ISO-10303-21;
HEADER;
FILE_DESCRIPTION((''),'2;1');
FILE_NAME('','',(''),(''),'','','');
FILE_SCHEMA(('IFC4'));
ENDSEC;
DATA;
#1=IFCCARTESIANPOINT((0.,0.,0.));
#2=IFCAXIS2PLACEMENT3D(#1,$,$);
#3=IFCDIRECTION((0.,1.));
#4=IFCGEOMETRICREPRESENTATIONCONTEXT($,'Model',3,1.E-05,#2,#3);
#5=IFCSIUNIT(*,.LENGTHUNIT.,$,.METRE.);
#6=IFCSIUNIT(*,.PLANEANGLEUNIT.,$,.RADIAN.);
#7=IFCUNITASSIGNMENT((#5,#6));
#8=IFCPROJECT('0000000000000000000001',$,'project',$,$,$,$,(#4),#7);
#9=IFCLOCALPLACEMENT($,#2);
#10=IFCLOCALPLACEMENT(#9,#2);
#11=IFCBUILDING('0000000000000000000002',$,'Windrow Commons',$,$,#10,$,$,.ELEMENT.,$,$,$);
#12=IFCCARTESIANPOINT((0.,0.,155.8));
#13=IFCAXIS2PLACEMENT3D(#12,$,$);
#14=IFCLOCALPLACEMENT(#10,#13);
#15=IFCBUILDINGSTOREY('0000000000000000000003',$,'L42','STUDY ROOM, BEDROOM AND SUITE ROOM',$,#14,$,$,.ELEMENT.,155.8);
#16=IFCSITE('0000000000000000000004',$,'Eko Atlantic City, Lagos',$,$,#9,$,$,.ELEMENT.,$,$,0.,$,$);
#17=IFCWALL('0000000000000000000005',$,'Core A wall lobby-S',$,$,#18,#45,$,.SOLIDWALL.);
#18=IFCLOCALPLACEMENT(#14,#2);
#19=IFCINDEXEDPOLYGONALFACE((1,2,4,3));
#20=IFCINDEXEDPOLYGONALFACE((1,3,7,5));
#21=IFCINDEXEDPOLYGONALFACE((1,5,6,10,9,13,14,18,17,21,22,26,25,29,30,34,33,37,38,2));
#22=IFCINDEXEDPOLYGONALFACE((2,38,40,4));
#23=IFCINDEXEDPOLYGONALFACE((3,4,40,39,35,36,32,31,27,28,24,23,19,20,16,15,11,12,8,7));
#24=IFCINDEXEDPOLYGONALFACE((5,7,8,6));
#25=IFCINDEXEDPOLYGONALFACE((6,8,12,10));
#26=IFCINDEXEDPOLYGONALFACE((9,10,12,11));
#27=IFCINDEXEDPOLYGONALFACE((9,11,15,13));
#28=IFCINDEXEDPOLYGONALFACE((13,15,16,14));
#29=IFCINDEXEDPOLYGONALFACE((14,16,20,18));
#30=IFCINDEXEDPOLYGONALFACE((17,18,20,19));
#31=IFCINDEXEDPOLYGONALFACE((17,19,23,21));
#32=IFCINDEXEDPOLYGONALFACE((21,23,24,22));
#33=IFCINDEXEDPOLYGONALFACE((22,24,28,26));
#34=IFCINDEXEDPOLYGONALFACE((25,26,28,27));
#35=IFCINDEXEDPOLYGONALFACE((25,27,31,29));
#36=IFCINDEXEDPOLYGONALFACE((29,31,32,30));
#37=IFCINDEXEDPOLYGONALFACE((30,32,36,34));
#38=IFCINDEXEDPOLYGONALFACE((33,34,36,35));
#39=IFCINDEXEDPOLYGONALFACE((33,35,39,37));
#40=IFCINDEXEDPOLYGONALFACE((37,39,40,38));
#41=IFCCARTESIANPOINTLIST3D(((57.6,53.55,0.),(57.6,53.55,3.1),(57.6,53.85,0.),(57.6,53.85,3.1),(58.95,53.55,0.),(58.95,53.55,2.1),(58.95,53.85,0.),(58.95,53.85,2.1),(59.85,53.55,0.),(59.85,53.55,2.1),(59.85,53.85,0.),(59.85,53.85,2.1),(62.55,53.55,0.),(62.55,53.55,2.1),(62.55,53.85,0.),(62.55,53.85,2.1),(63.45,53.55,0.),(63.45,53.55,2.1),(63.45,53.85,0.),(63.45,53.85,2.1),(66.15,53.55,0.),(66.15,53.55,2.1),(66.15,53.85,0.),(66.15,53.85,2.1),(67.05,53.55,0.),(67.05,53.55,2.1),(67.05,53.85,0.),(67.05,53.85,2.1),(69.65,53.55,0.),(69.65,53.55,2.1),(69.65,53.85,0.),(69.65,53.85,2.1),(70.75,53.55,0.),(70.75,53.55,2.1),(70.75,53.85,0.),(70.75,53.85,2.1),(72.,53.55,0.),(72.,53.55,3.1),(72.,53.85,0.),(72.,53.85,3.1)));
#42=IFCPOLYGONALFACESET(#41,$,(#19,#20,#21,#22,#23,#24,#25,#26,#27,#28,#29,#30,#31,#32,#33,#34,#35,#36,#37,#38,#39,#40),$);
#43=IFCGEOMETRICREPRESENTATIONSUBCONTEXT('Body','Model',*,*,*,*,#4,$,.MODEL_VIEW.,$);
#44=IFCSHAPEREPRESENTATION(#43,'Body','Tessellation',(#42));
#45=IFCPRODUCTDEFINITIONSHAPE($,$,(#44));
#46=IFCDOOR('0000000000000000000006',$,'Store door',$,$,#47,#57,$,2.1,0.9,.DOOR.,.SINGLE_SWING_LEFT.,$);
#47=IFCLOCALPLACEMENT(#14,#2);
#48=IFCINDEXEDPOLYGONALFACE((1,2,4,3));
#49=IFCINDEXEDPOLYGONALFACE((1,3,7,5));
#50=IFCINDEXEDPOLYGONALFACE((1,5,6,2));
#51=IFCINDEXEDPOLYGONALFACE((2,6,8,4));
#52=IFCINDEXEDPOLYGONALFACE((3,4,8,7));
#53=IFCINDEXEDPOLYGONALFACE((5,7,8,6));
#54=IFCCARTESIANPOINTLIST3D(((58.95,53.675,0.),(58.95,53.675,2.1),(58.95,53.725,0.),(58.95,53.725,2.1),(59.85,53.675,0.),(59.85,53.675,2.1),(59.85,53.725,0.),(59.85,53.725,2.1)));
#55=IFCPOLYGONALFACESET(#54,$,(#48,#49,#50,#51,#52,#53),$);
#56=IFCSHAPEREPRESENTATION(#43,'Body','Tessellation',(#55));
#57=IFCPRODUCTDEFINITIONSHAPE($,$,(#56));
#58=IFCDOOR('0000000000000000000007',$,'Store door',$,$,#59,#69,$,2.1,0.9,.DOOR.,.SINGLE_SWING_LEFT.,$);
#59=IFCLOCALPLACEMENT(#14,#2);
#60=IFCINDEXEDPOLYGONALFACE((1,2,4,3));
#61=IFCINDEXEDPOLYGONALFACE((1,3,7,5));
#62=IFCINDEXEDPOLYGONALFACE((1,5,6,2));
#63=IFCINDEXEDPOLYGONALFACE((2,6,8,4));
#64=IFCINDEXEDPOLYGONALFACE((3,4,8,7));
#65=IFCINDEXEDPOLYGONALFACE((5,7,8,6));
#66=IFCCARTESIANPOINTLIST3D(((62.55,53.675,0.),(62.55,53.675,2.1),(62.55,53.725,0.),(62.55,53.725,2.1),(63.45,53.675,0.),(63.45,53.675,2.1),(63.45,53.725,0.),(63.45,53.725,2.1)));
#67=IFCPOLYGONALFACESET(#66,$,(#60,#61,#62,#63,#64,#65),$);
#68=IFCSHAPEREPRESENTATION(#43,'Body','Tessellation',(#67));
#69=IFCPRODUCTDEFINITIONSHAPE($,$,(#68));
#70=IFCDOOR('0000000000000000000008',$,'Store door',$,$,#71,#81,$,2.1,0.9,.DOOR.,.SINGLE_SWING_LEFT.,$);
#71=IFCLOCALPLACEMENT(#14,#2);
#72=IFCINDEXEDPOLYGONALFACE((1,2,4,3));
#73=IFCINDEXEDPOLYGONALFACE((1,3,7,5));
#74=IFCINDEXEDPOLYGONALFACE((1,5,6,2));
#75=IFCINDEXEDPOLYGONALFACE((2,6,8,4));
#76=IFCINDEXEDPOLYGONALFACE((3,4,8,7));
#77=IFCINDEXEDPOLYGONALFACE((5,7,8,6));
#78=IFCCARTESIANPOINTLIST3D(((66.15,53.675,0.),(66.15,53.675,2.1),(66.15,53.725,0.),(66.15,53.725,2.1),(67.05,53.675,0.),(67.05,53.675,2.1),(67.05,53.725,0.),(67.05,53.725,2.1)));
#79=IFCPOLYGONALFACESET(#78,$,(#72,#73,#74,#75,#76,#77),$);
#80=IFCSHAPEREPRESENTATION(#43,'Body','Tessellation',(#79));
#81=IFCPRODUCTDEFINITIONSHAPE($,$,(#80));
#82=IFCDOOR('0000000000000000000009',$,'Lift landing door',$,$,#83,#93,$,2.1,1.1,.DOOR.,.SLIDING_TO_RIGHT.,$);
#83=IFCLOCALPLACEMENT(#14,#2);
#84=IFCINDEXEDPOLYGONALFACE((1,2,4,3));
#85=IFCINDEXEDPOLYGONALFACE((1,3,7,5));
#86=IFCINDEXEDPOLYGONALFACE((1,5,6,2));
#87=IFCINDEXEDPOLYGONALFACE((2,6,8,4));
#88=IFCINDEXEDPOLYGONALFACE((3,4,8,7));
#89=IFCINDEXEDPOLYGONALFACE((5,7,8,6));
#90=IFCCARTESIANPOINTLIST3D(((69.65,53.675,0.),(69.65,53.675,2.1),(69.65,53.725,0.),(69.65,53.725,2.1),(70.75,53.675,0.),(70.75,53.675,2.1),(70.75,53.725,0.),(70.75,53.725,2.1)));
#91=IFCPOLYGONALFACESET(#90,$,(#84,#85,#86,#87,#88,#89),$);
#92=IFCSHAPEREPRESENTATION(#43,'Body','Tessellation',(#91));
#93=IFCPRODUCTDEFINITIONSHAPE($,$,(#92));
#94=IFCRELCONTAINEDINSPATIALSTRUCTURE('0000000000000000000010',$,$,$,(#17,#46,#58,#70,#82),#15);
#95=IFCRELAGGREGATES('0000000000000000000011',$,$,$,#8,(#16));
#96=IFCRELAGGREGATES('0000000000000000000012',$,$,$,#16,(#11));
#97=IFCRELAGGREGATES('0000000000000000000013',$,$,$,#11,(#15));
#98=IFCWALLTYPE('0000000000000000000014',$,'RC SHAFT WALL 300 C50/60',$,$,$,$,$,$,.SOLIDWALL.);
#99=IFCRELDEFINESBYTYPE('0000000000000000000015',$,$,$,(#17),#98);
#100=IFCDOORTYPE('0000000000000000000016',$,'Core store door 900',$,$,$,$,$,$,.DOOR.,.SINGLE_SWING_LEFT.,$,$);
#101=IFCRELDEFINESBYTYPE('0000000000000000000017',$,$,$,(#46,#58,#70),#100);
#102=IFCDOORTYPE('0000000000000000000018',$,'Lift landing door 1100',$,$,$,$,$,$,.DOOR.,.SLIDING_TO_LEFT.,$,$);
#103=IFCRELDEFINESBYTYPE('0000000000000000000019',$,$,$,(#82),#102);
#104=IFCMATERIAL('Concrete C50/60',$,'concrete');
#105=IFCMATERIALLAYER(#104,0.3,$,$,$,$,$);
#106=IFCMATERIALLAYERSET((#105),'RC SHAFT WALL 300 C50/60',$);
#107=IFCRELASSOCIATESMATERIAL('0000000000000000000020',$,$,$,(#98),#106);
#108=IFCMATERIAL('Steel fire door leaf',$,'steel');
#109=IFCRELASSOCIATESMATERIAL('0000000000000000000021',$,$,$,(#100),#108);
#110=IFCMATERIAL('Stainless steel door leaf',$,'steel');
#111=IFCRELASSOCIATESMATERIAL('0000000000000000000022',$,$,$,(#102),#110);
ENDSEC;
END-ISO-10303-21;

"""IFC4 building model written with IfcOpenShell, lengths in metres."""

from ifc_helpers import new_model, si_unit, direction, frame, frame_2d, origin, place, context, subcontext, project, spatial, rectangle, extrude, material, layer, layer_set, type_object, element, fill, save


model = new_model("IFC4")

# Units and contexts
model_context = context("Model", 3, precision=1e-05, world=origin(), true_north=direction((0.0, 1.0)))
body_context = subcontext(model_context, "Body", "Model", "MODEL_VIEW")
ifc_project = project(units=[si_unit("LENGTHUNIT", "METRE"), si_unit("PLANEANGLEUNIT", "RADIAN")], contexts=[model_context])

# Site, building, storey
site_placement = place(None, origin())
site = spatial("IfcSite", under=ifc_project, at=site_placement, Name="Eko Atlantic City, Lagos", CompositionType="ELEMENT", RefElevation=0.0)
building_placement = place(site_placement, origin())
building = spatial("IfcBuilding", under=site, at=building_placement, Name="Windrow Commons", CompositionType="ELEMENT")
storey_placement = place(building_placement, frame((0.0, 0.0, 155.8)))
storey = spatial("IfcBuildingStorey", under=building, at=storey_placement, Name="L42", Description="STUDY ROOM, BEDROOM AND SUITE ROOM", CompositionType="ELEMENT", Elevation=155.8)

# Shared definitions
ifc_material_1 = material(Name="Concrete C50/60", Category="concrete")
ifc_layer_1 = layer(ifc_material_1, 0.3)
ifc_layer_set_1 = layer_set([ifc_layer_1], Name="RC SHAFT WALL 300 C50/60")
wall_type_1 = type_object("IfcWallType", Name="RC SHAFT WALL 300 C50/60", PredefinedType="SOLIDWALL", material=ifc_layer_set_1)

# Wall, openings, doors
wall_1_placement = place(storey_placement, frame((57.6, 53.7, 0.0), z_axis=(0.0, 0.0, 1.0), x_axis=(1.0, 0.0, 0.0)))
wall_1 = element("IfcWall", 1, at=wall_1_placement, inside=storey, type_object=wall_type_1, Name="Core A wall lobby-S", PredefinedType="SOLIDWALL", context=body_context, shape_type="SweptSolid", body=[
    extrude(rectangle(XDim=14.4, YDim=0.3, at=frame_2d((7.2, 0.0))), origin(), (0.0, 0.0, 1.0), 3.1),
])
opening_1_placement = place(wall_1_placement, frame((1.35, 0.0, 0.0)))
opening_1 = element("IfcOpeningElement", 2, at=opening_1_placement, cuts=wall_1, PredefinedType="OPENING", context=body_context, shape_type="SweptSolid", body=[
    extrude(rectangle(XDim=0.9, YDim=2.1, at=frame_2d((0.45, 1.05))), frame((0.0, 0.16, 0.0), z_axis=(0.0, -1.0, 0.0), x_axis=(1.0, 0.0, 0.0)), (0.0, 0.0, 1.0), 0.32),
])
opening_2_placement = place(wall_1_placement, frame((4.95, 0.0, 0.0)))
opening_2 = element("IfcOpeningElement", 3, at=opening_2_placement, cuts=wall_1, PredefinedType="OPENING", context=body_context, shape_type="SweptSolid", body=[
    extrude(rectangle(XDim=0.9, YDim=2.1, at=frame_2d((0.45, 1.05))), frame((0.0, 0.16, 0.0), z_axis=(0.0, -1.0, 0.0), x_axis=(1.0, 0.0, 0.0)), (0.0, 0.0, 1.0), 0.32),
])
opening_3_placement = place(wall_1_placement, frame((8.55, 0.0, 0.0)))
opening_3 = element("IfcOpeningElement", 4, at=opening_3_placement, cuts=wall_1, PredefinedType="OPENING", context=body_context, shape_type="SweptSolid", body=[
    extrude(rectangle(XDim=0.9, YDim=2.1, at=frame_2d((0.45, 1.05))), frame((0.0, 0.16, 0.0), z_axis=(0.0, -1.0, 0.0), x_axis=(1.0, 0.0, 0.0)), (0.0, 0.0, 1.0), 0.32),
])
opening_4_placement = place(wall_1_placement, frame((12.05, 0.0, 0.0)))
opening_4 = element("IfcOpeningElement", 5, at=opening_4_placement, cuts=wall_1, PredefinedType="OPENING", context=body_context, shape_type="SweptSolid", body=[
    extrude(rectangle(XDim=1.1, YDim=2.1, at=frame_2d((0.55, 1.05))), frame((0.0, 0.16, 0.0), z_axis=(0.0, -1.0, 0.0), x_axis=(1.0, 0.0, 0.0)), (0.0, 0.0, 1.0), 0.32),
])
ifc_material_2 = material(Name="Steel fire door leaf", Category="steel")
door_type_1 = type_object("IfcDoorType", Name="Core store door 900", OperationType="SINGLE_SWING_LEFT", PredefinedType="DOOR", material=ifc_material_2)
door_1_placement = place(opening_1_placement, origin())
door_1 = element("IfcDoor", 6, at=door_1_placement, inside=storey, type_object=door_type_1, Name="Store door", OperationType="SINGLE_SWING_LEFT", OverallHeight=2.1, OverallWidth=0.9, PredefinedType="DOOR", context=body_context, shape_type="SweptSolid", body=[
    extrude(rectangle(XDim=0.9, YDim=2.1, at=frame_2d((0.45, 1.05))), frame((0.0, 0.025, 0.0), z_axis=(0.0, -1.0, 0.0), x_axis=(1.0, 0.0, 0.0)), (0.0, 0.0, 1.0), 0.05),
])
fill(opening_1, door_1)
door_2_placement = place(opening_2_placement, origin())
door_2 = element("IfcDoor", 7, at=door_2_placement, inside=storey, type_object=door_type_1, Name="Store door", OperationType="SINGLE_SWING_LEFT", OverallHeight=2.1, OverallWidth=0.9, PredefinedType="DOOR", context=body_context, shape_type="SweptSolid", body=[
    extrude(rectangle(XDim=0.9, YDim=2.1, at=frame_2d((0.45, 1.05))), frame((0.0, 0.025, 0.0), z_axis=(0.0, -1.0, 0.0), x_axis=(1.0, 0.0, 0.0)), (0.0, 0.0, 1.0), 0.05),
])
fill(opening_2, door_2)
door_3_placement = place(opening_3_placement, origin())
door_3 = element("IfcDoor", 8, at=door_3_placement, inside=storey, type_object=door_type_1, Name="Store door", OperationType="SINGLE_SWING_LEFT", OverallHeight=2.1, OverallWidth=0.9, PredefinedType="DOOR", context=body_context, shape_type="SweptSolid", body=[
    extrude(rectangle(XDim=0.9, YDim=2.1, at=frame_2d((0.45, 1.05))), frame((0.0, 0.025, 0.0), z_axis=(0.0, -1.0, 0.0), x_axis=(1.0, 0.0, 0.0)), (0.0, 0.0, 1.0), 0.05),
])
fill(opening_3, door_3)
ifc_material_3 = material(Name="Stainless steel door leaf", Category="steel")
door_type_2 = type_object("IfcDoorType", Name="Lift landing door 1100", OperationType="SLIDING_TO_LEFT", PredefinedType="DOOR", material=ifc_material_3)
door_4_placement = place(opening_4_placement, origin())
door_4 = element("IfcDoor", 9, at=door_4_placement, inside=storey, type_object=door_type_2, Name="Lift landing door", OperationType="SLIDING_TO_RIGHT", OverallHeight=2.1, OverallWidth=1.1, PredefinedType="DOOR", context=body_context, shape_type="SweptSolid", body=[
    extrude(rectangle(XDim=1.1, YDim=2.1, at=frame_2d((0.55, 1.05))), frame((0.0, 0.025, 0.0), z_axis=(0.0, -1.0, 0.0), x_axis=(1.0, 0.0, 0.0)), (0.0, 0.0, 1.0), 0.05),
])
fill(opening_4, door_4)

save(model, "model.ifc")
